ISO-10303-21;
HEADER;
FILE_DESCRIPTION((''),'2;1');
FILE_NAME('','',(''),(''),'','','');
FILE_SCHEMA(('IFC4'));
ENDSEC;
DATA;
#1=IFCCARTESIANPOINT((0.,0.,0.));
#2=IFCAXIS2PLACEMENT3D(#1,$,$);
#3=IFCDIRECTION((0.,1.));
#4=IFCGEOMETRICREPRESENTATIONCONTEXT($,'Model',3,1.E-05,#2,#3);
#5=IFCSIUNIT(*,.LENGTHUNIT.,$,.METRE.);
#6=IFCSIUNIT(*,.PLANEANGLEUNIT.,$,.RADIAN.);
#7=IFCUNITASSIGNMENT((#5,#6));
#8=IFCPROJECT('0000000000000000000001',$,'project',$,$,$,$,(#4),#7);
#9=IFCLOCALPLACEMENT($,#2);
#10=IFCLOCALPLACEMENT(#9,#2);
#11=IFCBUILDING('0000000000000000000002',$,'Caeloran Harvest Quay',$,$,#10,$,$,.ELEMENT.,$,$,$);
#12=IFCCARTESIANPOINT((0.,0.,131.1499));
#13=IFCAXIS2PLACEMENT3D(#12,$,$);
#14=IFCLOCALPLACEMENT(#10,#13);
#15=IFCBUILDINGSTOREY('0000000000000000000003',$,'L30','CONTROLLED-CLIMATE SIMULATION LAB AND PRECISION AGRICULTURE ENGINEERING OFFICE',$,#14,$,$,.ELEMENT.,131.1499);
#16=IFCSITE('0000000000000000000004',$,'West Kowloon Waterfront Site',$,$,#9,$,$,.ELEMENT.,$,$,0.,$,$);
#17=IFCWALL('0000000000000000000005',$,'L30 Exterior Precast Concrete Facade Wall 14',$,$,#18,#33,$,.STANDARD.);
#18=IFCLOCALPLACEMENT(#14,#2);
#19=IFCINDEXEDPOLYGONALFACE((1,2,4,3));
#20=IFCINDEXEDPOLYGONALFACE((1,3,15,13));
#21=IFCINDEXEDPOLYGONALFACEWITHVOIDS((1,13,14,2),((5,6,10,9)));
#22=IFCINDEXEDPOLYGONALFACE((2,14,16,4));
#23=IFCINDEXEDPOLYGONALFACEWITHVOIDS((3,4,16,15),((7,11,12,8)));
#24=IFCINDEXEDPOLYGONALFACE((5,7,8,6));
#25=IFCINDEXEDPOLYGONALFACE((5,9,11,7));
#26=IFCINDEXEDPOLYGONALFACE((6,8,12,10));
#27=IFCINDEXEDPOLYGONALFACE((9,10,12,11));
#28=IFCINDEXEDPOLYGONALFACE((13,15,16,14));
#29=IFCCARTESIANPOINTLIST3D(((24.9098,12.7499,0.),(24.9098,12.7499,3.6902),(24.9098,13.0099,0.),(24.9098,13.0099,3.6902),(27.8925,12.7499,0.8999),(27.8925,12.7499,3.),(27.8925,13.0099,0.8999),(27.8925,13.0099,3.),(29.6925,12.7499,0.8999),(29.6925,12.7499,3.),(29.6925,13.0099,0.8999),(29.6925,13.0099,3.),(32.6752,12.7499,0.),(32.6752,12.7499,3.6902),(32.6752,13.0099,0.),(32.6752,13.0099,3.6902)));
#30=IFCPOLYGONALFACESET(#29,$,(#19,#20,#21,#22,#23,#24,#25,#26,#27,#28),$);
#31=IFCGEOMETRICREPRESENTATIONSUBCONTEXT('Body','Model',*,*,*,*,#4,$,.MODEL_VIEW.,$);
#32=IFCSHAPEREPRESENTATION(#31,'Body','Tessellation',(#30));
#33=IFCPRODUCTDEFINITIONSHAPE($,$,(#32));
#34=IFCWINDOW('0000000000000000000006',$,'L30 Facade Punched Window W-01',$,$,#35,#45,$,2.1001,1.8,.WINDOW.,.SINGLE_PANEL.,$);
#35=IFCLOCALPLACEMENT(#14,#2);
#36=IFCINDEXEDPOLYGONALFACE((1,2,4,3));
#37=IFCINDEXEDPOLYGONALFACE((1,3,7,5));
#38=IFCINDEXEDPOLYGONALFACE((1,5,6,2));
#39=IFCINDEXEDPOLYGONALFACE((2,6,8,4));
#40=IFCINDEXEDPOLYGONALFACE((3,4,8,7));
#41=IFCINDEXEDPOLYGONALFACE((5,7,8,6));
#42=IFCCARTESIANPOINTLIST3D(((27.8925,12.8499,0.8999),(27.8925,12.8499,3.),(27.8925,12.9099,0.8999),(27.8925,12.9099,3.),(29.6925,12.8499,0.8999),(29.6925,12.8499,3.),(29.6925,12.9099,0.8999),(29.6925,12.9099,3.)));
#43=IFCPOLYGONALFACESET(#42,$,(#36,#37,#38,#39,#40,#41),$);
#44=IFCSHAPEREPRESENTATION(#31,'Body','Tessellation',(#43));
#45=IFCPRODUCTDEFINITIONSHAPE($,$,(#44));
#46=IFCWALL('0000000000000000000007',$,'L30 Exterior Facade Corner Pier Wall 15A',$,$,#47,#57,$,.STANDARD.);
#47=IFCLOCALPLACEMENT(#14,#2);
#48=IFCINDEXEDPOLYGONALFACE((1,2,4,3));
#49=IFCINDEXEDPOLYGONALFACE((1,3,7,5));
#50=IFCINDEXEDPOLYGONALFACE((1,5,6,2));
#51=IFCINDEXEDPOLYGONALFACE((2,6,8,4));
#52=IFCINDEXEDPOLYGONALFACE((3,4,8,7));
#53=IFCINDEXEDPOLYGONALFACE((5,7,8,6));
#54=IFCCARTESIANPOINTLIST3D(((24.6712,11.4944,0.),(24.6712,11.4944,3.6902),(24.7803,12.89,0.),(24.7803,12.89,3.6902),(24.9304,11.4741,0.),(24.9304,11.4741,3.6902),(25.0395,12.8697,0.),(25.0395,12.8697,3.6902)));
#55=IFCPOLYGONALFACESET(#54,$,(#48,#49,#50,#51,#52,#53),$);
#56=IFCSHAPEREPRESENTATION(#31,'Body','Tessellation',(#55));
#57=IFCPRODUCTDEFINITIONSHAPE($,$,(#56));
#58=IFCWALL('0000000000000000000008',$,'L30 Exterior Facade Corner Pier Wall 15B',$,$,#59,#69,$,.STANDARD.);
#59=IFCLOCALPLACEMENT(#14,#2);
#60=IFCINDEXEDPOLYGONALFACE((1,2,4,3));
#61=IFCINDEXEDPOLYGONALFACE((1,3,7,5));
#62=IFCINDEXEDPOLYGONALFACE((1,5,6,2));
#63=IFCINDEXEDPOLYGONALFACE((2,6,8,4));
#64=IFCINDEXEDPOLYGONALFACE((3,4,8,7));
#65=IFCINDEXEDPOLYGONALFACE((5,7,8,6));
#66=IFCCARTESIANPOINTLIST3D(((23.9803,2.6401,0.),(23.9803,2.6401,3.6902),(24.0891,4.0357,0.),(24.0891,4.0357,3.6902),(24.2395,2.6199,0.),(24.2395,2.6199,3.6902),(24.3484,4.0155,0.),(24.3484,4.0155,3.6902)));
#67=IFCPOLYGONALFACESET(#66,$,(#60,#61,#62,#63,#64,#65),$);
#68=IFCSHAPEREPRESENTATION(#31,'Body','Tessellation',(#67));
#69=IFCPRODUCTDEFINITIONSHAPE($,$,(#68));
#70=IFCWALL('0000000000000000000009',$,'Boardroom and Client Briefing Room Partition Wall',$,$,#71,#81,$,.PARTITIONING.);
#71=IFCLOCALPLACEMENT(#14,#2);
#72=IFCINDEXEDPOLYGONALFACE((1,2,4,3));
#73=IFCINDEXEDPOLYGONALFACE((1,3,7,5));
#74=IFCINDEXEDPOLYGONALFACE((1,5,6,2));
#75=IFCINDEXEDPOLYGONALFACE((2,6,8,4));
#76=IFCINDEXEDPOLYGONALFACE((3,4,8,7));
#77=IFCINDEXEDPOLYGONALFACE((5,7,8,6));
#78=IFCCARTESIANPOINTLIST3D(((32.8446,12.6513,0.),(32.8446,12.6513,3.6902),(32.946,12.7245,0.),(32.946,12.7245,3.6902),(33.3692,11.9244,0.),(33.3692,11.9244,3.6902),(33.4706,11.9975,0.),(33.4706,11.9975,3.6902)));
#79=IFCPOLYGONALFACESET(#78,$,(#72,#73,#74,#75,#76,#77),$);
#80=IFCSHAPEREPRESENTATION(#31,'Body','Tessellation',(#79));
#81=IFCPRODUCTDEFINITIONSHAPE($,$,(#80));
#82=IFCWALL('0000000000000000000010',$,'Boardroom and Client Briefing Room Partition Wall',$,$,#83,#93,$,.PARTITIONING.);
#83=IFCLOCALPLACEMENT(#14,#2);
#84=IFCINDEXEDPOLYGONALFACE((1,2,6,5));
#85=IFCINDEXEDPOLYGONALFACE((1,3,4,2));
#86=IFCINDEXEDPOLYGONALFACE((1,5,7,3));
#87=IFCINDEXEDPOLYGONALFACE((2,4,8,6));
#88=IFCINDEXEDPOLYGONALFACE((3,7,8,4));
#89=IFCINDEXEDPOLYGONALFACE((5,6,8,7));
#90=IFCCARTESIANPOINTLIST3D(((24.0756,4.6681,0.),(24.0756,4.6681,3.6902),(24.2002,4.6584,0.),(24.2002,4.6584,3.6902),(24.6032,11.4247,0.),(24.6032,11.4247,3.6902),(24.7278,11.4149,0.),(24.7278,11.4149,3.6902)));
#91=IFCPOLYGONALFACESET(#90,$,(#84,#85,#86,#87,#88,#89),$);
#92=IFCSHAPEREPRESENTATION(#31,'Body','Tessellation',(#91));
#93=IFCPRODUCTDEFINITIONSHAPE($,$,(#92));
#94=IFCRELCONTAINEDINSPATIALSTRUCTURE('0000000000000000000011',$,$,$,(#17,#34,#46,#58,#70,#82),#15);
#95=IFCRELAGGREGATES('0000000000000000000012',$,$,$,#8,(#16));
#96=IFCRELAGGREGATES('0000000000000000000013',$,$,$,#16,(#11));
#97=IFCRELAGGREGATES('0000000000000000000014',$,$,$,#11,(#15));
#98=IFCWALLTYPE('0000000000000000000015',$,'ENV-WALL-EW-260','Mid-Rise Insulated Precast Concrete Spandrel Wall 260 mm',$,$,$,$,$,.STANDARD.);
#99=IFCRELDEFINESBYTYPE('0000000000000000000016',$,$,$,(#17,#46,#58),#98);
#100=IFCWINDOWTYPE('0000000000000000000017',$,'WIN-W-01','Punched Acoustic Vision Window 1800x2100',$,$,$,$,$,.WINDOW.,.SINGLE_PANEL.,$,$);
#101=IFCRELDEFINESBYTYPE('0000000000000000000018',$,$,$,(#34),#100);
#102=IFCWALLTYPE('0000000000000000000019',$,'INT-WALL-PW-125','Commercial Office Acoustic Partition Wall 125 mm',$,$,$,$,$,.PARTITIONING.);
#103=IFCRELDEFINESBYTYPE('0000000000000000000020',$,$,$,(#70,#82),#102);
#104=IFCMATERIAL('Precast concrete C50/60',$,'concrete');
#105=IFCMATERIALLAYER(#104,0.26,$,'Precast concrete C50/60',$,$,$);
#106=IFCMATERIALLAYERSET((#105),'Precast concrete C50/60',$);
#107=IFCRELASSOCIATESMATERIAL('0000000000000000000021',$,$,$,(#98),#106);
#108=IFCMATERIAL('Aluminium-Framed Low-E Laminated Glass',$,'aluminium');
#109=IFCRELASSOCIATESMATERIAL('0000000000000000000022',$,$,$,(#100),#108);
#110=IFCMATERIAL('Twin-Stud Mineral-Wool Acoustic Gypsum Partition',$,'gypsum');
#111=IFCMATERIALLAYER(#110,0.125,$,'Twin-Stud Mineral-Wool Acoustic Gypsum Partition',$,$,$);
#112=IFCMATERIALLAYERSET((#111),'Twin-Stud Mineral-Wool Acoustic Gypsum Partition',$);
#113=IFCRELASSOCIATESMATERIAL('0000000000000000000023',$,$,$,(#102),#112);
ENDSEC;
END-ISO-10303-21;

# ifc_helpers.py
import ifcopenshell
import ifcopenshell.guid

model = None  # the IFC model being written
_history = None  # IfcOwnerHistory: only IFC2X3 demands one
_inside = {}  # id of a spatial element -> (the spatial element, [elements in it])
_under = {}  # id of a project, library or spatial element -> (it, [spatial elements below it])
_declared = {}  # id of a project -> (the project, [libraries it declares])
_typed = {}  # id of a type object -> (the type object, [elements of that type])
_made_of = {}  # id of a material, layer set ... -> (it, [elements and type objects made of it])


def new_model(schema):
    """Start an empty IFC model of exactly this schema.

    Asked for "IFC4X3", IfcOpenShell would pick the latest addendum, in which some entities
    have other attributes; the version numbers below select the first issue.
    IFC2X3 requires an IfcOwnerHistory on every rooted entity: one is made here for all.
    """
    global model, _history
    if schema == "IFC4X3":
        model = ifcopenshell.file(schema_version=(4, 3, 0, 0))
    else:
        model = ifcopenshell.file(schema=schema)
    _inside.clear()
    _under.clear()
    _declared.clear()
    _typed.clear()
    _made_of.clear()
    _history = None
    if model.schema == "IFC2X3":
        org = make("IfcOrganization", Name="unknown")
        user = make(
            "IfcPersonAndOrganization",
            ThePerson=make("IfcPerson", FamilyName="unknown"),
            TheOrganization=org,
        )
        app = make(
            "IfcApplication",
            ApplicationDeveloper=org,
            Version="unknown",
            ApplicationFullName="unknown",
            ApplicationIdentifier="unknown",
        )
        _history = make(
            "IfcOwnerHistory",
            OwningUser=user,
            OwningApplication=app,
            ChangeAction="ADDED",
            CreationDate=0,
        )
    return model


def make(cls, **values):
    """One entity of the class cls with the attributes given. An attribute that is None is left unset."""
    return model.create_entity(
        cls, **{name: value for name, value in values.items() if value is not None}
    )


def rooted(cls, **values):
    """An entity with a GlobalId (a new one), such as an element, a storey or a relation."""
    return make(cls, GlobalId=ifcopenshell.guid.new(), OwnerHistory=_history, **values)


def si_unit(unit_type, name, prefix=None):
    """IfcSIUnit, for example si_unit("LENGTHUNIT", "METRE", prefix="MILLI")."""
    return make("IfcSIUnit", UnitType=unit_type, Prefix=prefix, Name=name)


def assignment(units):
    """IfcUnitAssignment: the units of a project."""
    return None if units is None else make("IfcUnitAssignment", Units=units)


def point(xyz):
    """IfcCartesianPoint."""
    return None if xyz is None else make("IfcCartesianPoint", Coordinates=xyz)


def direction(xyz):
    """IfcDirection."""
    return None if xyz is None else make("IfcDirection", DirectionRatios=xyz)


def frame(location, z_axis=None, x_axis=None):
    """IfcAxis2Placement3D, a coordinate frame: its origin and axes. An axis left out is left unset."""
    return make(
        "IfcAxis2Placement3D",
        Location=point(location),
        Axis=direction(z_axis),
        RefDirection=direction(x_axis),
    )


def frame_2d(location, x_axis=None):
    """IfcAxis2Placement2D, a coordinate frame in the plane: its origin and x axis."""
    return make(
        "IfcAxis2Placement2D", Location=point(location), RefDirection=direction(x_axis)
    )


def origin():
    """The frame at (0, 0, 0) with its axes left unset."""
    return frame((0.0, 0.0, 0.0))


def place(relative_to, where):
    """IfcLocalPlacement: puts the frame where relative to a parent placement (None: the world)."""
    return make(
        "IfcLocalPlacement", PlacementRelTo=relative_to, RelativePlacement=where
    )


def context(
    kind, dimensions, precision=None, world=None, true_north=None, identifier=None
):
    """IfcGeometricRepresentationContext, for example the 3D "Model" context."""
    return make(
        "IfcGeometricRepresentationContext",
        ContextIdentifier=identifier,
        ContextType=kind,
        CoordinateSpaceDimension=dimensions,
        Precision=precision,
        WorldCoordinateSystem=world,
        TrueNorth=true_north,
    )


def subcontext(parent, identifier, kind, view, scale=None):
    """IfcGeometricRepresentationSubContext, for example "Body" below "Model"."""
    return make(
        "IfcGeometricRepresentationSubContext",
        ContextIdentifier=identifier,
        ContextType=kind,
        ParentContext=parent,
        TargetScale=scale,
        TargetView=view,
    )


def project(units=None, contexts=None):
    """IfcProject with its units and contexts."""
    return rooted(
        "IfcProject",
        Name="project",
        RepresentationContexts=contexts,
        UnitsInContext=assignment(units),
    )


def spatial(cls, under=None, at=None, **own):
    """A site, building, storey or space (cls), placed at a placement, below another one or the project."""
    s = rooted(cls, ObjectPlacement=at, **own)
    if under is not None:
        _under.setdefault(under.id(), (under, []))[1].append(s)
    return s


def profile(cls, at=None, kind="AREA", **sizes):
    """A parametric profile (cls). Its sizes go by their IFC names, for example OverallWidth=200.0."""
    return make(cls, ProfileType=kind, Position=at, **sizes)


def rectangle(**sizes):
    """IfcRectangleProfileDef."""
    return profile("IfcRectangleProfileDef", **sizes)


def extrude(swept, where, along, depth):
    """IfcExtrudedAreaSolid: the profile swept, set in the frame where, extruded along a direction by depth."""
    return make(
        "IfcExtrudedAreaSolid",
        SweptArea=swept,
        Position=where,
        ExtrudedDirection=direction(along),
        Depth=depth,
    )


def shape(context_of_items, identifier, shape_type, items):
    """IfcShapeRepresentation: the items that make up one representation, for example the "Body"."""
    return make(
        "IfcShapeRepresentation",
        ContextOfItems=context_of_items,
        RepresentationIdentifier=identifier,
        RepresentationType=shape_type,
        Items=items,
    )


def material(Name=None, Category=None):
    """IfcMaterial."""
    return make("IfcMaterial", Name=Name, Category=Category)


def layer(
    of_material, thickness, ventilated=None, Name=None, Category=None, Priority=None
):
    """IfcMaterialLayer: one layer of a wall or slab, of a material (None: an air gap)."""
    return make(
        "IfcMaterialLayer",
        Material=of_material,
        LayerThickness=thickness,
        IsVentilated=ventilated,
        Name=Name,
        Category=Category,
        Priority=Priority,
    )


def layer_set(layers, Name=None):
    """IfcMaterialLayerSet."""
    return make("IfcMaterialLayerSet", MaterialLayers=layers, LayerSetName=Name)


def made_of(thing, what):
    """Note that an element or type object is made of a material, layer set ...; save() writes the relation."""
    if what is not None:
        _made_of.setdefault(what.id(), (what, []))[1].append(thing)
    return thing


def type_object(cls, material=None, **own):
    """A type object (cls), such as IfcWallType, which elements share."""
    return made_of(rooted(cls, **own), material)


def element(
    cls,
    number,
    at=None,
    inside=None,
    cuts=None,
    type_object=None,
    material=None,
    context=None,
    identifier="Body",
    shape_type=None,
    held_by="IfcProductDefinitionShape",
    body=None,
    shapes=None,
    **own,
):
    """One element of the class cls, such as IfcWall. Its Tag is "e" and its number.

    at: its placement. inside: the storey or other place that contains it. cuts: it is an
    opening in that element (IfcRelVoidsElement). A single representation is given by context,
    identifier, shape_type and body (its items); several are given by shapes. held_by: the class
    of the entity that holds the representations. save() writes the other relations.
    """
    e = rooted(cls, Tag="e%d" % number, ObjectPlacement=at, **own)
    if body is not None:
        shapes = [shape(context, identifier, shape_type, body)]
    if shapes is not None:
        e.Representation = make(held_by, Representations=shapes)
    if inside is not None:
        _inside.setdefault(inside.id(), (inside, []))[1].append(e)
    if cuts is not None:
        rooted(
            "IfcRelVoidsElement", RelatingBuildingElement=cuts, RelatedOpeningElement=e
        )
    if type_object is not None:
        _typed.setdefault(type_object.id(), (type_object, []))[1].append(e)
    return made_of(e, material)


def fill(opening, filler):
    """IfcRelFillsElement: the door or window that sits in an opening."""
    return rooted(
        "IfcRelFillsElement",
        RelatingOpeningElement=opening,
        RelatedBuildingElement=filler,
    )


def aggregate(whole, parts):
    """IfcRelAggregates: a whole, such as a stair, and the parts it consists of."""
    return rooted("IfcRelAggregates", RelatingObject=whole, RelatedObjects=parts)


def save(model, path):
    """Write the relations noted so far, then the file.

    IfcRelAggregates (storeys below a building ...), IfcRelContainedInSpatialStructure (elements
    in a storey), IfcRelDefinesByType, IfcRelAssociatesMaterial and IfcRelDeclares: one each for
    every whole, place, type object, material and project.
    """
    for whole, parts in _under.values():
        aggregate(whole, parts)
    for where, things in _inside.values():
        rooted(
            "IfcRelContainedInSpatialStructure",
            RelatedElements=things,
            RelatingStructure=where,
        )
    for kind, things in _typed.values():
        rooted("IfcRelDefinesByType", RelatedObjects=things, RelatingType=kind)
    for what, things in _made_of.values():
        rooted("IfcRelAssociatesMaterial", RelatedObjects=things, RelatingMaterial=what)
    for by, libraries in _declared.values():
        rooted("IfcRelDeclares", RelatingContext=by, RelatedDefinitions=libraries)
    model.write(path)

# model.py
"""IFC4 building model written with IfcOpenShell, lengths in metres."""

from ifc_helpers import new_model, si_unit, direction, frame, frame_2d, origin, place, context, subcontext, project, spatial, rectangle, extrude, material, layer, layer_set, type_object, element, fill, save


model = new_model("IFC4")

# Units and contexts
model_context = context("Model", 3, precision=1e-05, world=origin(), true_north=direction((0.0, 1.0)))
body_context = subcontext(model_context, "Body", "Model", "MODEL_VIEW")
ifc_project = project(units=[si_unit("LENGTHUNIT", "METRE"), si_unit("PLANEANGLEUNIT", "RADIAN")], contexts=[model_context])

# Site, building, storey
site_placement = place(None, origin())
site = spatial("IfcSite", under=ifc_project, at=site_placement, Name="West Kowloon Waterfront Site", CompositionType="ELEMENT", RefElevation=0.0)
building_placement = place(site_placement, origin())
building = spatial("IfcBuilding", under=site, at=building_placement, Name="Caeloran Harvest Quay", CompositionType="ELEMENT")
storey_placement = place(building_placement, frame((0.0, 0.0, 131.1499)))
storey = spatial("IfcBuildingStorey", under=building, at=storey_placement, Name="L30", Description="CONTROLLED-CLIMATE SIMULATION LAB AND PRECISION AGRICULTURE ENGINEERING OFFICE", CompositionType="ELEMENT", Elevation=131.1499)

# Wall, opening, window
ifc_material_1 = material(Name="Precast concrete C50/60", Category="concrete")
ifc_layer_1 = layer(ifc_material_1, 0.26, Name="Precast concrete C50/60")
ifc_layer_set_1 = layer_set([ifc_layer_1], Name="Precast concrete C50/60")
wall_type_1 = type_object("IfcWallType", Name="ENV-WALL-EW-260", Description="Mid-Rise Insulated Precast Concrete Spandrel Wall 260 mm", PredefinedType="STANDARD", material=ifc_layer_set_1)
wall_1_placement = place(storey_placement, frame((32.6753, 12.8799, 0.0), z_axis=(0.0, 0.0, 1.0), x_axis=(-1.0, 0.0, 0.0)))
wall_1 = element("IfcWall", 1, at=wall_1_placement, inside=storey, type_object=wall_type_1, Name="L30 Exterior Precast Concrete Facade Wall 14", PredefinedType="STANDARD", context=body_context, shape_type="SweptSolid", body=[
    extrude(rectangle(XDim=7.7654, YDim=0.26, at=frame_2d((3.8828, 0.0))), origin(), (0.0, 0.0, 1.0), 3.6902),
])
opening_placement = place(wall_1_placement, frame((2.9829, 0.0, 0.8999)))
opening = element("IfcOpeningElement", 2, at=opening_placement, cuts=wall_1, PredefinedType="OPENING", context=body_context, shape_type="SweptSolid", body=[
    extrude(rectangle(XDim=1.8, YDim=2.1001, at=frame_2d((0.8999, 1.05))), frame((0.0, 0.1401, 0.0), z_axis=(0.0, -1.0, 0.0), x_axis=(1.0, 0.0, 0.0)), (0.0, 0.0, 1.0), 0.28),
])
ifc_material_2 = material(Name="Aluminium-Framed Low-E Laminated Glass", Category="aluminium")
window_type = type_object("IfcWindowType", Name="WIN-W-01", Description="Punched Acoustic Vision Window 1800x2100", PartitioningType="SINGLE_PANEL", PredefinedType="WINDOW", material=ifc_material_2)
window_placement = place(opening_placement, origin())
window = element("IfcWindow", 3, at=window_placement, inside=storey, type_object=window_type, Name="L30 Facade Punched Window W-01", OverallHeight=2.1001, OverallWidth=1.8, PartitioningType="SINGLE_PANEL", PredefinedType="WINDOW", context=body_context, shape_type="SweptSolid", body=[
    extrude(rectangle(XDim=1.8, YDim=2.1001, at=frame_2d((0.8999, 1.05))), frame((0.0, 0.03, 0.0), z_axis=(0.0, -1.0, 0.0), x_axis=(1.0, 0.0, 0.0)), (0.0, 0.0, 1.0), 0.0601),
])
fill(opening, window)

# Walls
for number, where, z_axis, x_axis, name in (
    (4, (24.9099, 12.8799, 0.0), (0.0, 0.0, 1.0), (-0.07795, -0.996957, 0.0), "L30 Exterior Facade Corner Pier Wall 15A"),
    (5, (24.2188, 4.0256, 0.0), (0.0, 0.0, 1.0), (-0.077777, -0.996971, 0.0), "L30 Exterior Facade Corner Pier Wall 15B"),
):
    element("IfcWall", number, at=place(storey_placement, frame(where, z_axis=z_axis, x_axis=x_axis)), inside=storey, type_object=wall_type_1, Name=name, PredefinedType="STANDARD", context=body_context, shape_type="SweptSolid", body=[
        extrude(rectangle(XDim=1.3999, YDim=0.26, at=frame_2d((0.7, 0.0))), origin(), (0.0, 0.0, 1.0), 3.6902),
    ])
ifc_material_3 = material(Name="Twin-Stud Mineral-Wool Acoustic Gypsum Partition", Category="gypsum")
ifc_layer_2 = layer(ifc_material_3, 0.125, Name="Twin-Stud Mineral-Wool Acoustic Gypsum Partition")
ifc_layer_set_2 = layer_set([ifc_layer_2], Name="Twin-Stud Mineral-Wool Acoustic Gypsum Partition")
wall_type_2 = type_object("IfcWallType", Name="INT-WALL-PW-125", Description="Commercial Office Acoustic Partition Wall 125 mm", PredefinedType="PARTITIONING", material=ifc_layer_set_2)
wall_2_placement = place(storey_placement, frame((33.4199, 11.9609, 0.0), z_axis=(0.0, 0.0, 1.0), x_axis=(-0.585172, 0.810909, 0.0)))
element("IfcWall", 6, at=wall_2_placement, inside=storey, type_object=wall_type_2, Name="Boardroom and Client Briefing Room Partition Wall", PredefinedType="PARTITIONING", context=body_context, shape_type="SweptSolid", body=[
    extrude(rectangle(XDim=0.8965, YDim=0.125, at=frame_2d((0.4482, 0.0))), origin(), (0.0, 0.0, 1.0), 3.6902),
])
wall_3_placement = place(storey_placement, frame((24.6655, 11.4199, 0.0), z_axis=(0.0, 0.0, 1.0), x_axis=(-0.077848, -0.996965, 0.0)))
element("IfcWall", 7, at=wall_3_placement, inside=storey, type_object=wall_type_2, Name="Boardroom and Client Briefing Room Partition Wall", PredefinedType="PARTITIONING", context=body_context, shape_type="SweptSolid", body=[
    extrude(rectangle(XDim=6.7771, YDim=0.125, at=frame_2d((3.3887, 0.0))), origin(), (0.0, 0.0, 1.0), 3.6902),
])

save(model, "model.ifc")
